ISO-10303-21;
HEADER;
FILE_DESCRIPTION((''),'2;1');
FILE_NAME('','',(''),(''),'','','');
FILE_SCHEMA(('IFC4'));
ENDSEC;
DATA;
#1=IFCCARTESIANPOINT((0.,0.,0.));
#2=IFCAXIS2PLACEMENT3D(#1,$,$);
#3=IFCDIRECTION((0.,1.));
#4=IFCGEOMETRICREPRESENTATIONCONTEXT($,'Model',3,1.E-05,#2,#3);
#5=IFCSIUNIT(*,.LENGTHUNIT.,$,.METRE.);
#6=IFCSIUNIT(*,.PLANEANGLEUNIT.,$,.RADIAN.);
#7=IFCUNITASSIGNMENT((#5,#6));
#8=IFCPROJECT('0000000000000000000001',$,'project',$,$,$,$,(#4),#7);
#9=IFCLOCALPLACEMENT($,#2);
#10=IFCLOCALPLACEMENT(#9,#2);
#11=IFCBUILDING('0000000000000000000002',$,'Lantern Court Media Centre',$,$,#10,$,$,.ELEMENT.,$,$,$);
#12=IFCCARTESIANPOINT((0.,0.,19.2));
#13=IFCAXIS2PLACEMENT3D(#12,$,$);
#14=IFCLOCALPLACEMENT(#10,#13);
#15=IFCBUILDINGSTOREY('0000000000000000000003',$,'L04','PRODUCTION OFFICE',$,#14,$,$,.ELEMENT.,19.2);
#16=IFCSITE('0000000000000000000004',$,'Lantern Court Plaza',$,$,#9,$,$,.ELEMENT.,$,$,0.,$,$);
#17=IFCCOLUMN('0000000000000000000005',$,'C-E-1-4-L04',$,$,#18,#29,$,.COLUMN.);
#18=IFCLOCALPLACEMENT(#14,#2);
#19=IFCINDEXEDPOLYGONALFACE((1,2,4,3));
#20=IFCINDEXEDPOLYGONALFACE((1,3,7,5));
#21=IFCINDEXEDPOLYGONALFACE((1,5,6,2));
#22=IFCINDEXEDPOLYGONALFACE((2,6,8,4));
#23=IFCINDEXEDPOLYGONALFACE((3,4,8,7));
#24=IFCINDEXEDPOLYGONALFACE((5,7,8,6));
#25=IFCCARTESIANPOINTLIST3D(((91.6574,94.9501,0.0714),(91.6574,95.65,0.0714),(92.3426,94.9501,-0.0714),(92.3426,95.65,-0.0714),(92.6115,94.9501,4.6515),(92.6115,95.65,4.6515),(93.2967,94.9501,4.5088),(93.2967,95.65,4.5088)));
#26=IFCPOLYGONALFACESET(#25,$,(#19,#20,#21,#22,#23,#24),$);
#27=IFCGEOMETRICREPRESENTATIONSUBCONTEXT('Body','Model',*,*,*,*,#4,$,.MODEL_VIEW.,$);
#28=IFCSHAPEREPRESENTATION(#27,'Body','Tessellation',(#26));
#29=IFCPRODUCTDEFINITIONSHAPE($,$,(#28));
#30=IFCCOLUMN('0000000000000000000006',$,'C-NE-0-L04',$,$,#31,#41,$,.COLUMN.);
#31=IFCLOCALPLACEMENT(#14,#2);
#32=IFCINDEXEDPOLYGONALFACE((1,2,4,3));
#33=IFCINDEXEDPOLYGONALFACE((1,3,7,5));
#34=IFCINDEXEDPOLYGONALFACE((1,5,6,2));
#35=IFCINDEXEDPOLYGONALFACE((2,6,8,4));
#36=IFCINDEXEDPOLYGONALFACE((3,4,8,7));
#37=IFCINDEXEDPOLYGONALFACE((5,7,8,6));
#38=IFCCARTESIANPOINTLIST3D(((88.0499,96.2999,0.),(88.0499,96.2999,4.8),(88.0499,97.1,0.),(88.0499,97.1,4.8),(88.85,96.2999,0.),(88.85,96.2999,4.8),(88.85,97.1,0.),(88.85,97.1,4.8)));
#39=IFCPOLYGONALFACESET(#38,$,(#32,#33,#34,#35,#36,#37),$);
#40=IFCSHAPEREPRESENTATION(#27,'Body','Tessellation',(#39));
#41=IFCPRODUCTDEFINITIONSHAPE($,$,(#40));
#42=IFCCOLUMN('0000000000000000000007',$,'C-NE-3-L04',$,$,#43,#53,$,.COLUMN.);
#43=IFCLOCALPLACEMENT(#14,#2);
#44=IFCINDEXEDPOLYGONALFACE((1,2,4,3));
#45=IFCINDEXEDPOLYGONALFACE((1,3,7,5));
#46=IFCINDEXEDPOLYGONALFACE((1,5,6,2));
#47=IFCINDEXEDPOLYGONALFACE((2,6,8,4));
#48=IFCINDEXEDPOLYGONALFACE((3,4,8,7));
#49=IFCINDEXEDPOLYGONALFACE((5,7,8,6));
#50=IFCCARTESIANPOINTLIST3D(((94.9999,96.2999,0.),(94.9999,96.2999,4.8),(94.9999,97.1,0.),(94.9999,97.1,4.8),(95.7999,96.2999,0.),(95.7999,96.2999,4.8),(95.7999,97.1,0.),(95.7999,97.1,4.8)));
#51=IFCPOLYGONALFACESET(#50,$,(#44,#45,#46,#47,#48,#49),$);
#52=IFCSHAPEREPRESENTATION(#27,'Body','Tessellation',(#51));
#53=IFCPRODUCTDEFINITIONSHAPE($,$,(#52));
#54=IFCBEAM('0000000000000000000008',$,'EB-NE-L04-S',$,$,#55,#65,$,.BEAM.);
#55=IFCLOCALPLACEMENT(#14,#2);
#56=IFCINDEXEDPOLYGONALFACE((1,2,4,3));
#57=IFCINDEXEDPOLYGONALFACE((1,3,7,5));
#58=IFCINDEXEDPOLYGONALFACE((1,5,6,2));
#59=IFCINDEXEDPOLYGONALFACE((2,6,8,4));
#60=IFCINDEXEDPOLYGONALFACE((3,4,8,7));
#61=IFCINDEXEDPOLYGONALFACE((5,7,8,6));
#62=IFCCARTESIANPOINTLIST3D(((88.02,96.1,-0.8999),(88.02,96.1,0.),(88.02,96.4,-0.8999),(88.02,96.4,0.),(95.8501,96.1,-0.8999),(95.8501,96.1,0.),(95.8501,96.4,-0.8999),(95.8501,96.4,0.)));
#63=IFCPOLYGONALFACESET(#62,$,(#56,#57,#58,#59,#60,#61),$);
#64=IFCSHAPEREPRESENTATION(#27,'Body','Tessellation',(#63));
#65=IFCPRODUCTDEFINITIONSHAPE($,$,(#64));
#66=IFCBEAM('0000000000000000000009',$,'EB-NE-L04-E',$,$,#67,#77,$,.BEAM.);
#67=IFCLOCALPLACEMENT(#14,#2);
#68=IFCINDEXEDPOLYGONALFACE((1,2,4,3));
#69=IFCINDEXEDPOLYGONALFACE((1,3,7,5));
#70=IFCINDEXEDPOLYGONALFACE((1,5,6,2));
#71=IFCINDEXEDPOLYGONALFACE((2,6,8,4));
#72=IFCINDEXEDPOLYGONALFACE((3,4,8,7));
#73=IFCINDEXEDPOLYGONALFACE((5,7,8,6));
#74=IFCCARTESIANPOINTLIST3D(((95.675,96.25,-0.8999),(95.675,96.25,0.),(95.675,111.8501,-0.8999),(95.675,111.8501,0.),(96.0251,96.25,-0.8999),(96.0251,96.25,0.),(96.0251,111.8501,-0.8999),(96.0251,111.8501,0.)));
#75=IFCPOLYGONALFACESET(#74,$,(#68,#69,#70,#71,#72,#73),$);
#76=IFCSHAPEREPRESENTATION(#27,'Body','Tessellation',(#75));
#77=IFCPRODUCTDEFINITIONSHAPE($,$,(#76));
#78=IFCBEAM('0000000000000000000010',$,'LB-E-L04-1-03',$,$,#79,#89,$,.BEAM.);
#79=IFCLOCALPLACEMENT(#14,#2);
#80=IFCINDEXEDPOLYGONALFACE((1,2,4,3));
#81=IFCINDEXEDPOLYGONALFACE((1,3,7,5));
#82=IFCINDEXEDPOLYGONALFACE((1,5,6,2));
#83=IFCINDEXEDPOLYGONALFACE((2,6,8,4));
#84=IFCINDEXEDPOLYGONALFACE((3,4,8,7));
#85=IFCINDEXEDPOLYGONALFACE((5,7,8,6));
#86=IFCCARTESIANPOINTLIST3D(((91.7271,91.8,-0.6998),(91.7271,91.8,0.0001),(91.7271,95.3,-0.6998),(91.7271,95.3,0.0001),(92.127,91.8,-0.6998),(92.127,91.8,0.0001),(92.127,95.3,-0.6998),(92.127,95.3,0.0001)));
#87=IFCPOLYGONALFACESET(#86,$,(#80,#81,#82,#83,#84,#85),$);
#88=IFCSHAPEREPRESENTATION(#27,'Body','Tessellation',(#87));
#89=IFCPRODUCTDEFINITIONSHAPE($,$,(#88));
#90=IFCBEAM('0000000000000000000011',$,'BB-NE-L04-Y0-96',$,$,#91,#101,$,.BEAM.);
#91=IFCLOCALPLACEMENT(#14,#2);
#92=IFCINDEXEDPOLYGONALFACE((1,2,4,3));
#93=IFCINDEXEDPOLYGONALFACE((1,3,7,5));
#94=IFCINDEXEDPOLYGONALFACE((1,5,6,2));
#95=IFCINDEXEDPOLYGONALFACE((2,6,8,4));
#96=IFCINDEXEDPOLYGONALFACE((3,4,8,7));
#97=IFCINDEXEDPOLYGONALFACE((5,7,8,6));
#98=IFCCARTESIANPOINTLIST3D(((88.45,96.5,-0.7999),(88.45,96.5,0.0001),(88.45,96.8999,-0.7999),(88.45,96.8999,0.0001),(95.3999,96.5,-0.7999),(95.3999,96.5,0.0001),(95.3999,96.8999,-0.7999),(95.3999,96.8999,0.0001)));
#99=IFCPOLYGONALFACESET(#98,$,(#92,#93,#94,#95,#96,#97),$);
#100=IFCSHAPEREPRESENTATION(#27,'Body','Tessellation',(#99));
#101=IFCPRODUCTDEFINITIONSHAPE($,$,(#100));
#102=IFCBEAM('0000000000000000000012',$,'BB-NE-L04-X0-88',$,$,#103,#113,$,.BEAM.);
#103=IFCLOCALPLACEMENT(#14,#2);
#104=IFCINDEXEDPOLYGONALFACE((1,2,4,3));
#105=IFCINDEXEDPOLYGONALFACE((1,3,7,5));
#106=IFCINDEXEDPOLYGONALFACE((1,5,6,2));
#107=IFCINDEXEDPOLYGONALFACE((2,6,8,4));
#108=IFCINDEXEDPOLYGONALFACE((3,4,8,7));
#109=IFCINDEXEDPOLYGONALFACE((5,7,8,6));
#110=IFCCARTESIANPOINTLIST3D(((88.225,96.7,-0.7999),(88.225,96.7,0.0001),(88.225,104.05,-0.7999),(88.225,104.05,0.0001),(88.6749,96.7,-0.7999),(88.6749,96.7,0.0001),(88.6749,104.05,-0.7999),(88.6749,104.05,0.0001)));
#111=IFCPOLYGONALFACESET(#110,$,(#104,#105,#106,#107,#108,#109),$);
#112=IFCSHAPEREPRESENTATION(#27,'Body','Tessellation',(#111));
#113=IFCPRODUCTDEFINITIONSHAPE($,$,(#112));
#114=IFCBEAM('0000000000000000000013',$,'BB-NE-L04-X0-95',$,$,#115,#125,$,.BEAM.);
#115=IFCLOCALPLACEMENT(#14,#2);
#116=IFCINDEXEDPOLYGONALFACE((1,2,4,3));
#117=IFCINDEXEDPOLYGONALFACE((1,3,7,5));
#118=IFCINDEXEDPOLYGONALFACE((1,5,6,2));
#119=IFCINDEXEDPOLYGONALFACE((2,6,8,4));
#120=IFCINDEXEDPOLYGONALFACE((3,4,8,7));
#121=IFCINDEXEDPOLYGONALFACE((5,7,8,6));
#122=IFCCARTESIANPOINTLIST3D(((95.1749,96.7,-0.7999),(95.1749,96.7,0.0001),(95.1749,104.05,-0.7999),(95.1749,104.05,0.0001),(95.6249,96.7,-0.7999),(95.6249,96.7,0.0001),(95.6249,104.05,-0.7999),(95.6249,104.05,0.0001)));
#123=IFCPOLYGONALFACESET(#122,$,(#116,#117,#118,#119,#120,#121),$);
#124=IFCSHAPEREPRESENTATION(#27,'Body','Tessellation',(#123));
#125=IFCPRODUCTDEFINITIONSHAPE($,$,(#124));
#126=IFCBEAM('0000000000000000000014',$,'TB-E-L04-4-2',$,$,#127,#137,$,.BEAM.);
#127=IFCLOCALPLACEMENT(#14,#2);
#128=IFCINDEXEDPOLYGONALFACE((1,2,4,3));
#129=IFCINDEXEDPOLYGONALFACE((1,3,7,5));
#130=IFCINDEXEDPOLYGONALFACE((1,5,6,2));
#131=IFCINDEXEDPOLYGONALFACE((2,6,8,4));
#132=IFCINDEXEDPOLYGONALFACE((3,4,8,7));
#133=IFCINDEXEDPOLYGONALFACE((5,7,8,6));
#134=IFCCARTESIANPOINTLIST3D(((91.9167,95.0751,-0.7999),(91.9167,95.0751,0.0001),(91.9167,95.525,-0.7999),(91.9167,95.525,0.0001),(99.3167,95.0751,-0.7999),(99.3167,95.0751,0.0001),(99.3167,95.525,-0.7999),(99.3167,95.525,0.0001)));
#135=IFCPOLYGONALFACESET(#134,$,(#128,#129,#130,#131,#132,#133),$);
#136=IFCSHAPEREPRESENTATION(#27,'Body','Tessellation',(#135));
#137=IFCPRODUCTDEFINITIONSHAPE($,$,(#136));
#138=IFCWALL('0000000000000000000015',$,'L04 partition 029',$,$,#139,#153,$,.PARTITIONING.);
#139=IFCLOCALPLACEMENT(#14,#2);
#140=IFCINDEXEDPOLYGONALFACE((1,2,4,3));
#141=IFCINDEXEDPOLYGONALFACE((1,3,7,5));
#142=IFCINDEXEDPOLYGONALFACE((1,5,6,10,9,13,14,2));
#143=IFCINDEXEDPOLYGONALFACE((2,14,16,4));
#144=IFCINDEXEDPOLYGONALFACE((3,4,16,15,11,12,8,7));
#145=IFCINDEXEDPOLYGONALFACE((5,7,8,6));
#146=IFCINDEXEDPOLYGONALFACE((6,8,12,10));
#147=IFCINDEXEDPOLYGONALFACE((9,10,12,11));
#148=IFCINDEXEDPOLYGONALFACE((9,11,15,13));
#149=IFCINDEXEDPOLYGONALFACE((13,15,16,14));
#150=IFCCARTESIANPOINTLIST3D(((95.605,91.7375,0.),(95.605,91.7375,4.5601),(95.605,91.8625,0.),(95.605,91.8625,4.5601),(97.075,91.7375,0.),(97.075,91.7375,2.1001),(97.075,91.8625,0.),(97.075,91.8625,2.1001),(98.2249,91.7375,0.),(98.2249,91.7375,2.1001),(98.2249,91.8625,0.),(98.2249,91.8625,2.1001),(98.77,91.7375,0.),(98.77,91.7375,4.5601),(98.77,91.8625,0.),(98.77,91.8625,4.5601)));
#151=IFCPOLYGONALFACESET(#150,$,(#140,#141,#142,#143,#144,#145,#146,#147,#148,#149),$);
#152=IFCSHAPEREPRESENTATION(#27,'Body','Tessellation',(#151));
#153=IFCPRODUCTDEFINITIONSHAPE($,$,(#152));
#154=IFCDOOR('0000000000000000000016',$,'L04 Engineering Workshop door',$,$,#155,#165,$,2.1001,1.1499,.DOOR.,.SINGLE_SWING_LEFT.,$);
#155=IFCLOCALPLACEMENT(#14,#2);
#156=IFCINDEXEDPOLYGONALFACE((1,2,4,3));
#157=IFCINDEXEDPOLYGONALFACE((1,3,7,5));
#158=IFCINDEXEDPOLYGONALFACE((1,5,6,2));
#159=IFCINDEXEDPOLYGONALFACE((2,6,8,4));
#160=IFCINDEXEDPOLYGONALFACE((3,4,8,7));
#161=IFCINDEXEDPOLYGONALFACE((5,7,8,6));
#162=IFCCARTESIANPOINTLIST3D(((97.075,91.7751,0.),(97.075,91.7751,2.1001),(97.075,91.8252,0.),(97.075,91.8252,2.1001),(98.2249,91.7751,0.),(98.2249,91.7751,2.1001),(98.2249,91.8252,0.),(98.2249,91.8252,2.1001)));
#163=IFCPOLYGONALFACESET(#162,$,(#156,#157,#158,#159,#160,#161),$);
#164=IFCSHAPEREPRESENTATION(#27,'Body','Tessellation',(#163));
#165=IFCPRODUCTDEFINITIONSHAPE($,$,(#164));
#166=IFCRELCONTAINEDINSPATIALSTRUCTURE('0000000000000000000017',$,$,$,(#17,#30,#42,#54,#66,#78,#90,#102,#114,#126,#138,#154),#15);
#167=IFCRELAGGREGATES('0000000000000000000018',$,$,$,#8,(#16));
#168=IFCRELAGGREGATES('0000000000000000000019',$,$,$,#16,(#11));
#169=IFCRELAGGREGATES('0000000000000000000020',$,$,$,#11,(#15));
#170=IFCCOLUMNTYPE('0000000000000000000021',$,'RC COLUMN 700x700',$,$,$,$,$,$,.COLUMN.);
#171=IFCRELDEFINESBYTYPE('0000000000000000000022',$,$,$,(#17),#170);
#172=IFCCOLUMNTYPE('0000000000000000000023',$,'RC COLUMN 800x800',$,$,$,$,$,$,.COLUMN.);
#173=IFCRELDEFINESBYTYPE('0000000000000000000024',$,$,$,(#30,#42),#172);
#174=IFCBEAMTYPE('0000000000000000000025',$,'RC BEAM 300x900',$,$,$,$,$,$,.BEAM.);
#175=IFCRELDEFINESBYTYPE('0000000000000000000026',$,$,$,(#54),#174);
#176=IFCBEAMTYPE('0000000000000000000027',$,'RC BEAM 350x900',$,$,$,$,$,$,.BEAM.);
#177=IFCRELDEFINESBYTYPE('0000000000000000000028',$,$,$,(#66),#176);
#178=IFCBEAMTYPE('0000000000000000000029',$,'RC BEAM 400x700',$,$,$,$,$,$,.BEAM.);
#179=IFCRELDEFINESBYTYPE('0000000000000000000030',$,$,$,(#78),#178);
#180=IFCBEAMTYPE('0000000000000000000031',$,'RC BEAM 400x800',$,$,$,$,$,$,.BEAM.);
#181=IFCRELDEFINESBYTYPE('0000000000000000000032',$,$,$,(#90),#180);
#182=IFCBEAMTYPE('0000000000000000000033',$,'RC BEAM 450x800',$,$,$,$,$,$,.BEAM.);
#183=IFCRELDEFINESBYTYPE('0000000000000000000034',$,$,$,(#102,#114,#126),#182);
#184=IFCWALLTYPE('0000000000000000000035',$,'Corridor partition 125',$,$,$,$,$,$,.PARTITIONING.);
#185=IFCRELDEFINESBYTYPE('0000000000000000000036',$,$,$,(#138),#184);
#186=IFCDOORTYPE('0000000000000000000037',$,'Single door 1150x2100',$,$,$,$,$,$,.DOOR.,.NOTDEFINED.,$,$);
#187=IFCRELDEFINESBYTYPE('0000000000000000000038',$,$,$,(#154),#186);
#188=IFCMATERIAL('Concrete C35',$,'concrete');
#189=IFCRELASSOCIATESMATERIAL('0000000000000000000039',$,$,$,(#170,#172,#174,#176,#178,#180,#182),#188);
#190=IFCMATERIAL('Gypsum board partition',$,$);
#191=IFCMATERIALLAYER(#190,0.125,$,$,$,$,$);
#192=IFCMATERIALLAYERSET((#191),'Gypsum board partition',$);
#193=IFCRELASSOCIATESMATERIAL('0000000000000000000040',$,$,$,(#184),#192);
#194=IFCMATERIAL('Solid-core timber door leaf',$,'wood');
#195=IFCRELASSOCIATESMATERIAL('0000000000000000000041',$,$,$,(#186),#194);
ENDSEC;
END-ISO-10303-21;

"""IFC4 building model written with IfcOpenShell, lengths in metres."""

from ifc_helpers import new_model, si_unit, direction, frame, frame_2d, origin, origin_2d, place, context, subcontext, project, spatial, rectangle, extrude, material, layer, layer_set, material_profile, profile_set, type_object, element, fill, save


model = new_model("IFC4")

# Units and contexts
model_context = context("Model", 3, precision=1e-05, world=origin(), true_north=direction((0.0, 1.0)))
body_context = subcontext(model_context, "Body", "Model", "MODEL_VIEW")
ifc_project = project(units=[si_unit("LENGTHUNIT", "METRE"), si_unit("PLANEANGLEUNIT", "RADIAN")], contexts=[model_context])

# Site, building, storey
site_placement = place(None, origin())
site = spatial("IfcSite", under=ifc_project, at=site_placement, Name="Lantern Court Plaza", CompositionType="ELEMENT", RefElevation=0.0)
building_placement = place(site_placement, origin())
building = spatial("IfcBuilding", under=site, at=building_placement, Name="Lantern Court Media Centre", CompositionType="ELEMENT")
storey_placement = place(building_placement, frame((0.0, 0.0, 19.2)))
storey = spatial("IfcBuildingStorey", under=building, at=storey_placement, Name="L04", Description="PRODUCTION OFFICE", CompositionType="ELEMENT", Elevation=19.2)

# Columns
ifc_material_1 = material(Name="Concrete C35", Category="concrete")
ifc_material_profile_1 = material_profile(ifc_material_1, rectangle(XDim=0.7, YDim=0.7, at=origin_2d()), Name="RC 700x700")
ifc_profile_set_1 = profile_set([ifc_material_profile_1], Name="Concrete C35")
column_type_1 = type_object("IfcColumnType", Name="RC COLUMN 700x700", PredefinedType="COLUMN", material=ifc_profile_set_1)
column_placement = place(storey_placement, frame((92.0, 95.3, 0.0), z_axis=(0.203938, 0.0, 0.978984), x_axis=(0.0, 1.0, 0.0)))
element("IfcColumn", 1, at=column_placement, inside=storey, type_object=column_type_1, Name="C-E-1-4-L04", PredefinedType="COLUMN", context=body_context, shape_type="SweptSolid", body=[
    extrude(rectangle(XDim=0.7, YDim=0.7, at=origin_2d()), origin(), (0.0, 0.0, 1.0), 4.6785),
])
ifc_material_profile_2 = material_profile(ifc_material_1, rectangle(XDim=0.8, YDim=0.8, at=origin_2d()), Name="RC 800x800")
ifc_profile_set_2 = profile_set([ifc_material_profile_2], Name="Concrete C35")
column_type_2 = type_object("IfcColumnType", Name="RC COLUMN 800x800", PredefinedType="COLUMN", material=ifc_profile_set_2)
for number, where, z_axis, x_axis, name in (
    (2, (88.45, 96.7, 0.0), (0.0, 0.0, 1.0), (1.0, 0.0, 0.0), "C-NE-0-L04"),
    (3, (95.3999, 96.7, 0.0), (0.0, 0.0, 1.0), (1.0, 0.0, 0.0), "C-NE-3-L04"),
):
    element("IfcColumn", number, at=place(storey_placement, frame(where, z_axis=z_axis, x_axis=x_axis)), inside=storey, type_object=column_type_2, Name=name, PredefinedType="COLUMN", context=body_context, shape_type="SweptSolid", body=[
        extrude(rectangle(XDim=0.8, YDim=0.8, at=origin_2d()), origin(), (0.0, 0.0, 1.0), 4.8),
    ])

# Beams
ifc_material_profile_3 = material_profile(ifc_material_1, rectangle(XDim=0.3, YDim=0.8999, at=origin_2d()), Name="RC 300x900")
ifc_profile_set_3 = profile_set([ifc_material_profile_3], Name="Concrete C35")
beam_type_1 = type_object("IfcBeamType", Name="RC BEAM 300x900", PredefinedType="BEAM", material=ifc_profile_set_3)
beam_1_placement = place(storey_placement, frame((88.02, 96.25, -0.45), z_axis=(1.0, 0.0, 0.0), x_axis=(0.0, 1.0, 0.0)))
element("IfcBeam", 4, at=beam_1_placement, inside=storey, type_object=beam_type_1, Name="EB-NE-L04-S", PredefinedType="BEAM", context=body_context, shape_type="SweptSolid", body=[
    extrude(rectangle(XDim=0.3, YDim=0.8999, at=origin_2d()), origin(), (0.0, 0.0, 1.0), 7.8301),
])
ifc_material_profile_4 = material_profile(ifc_material_1, rectangle(XDim=0.3501, YDim=0.8999, at=origin_2d()), Name="RC 350x900")
ifc_profile_set_4 = profile_set([ifc_material_profile_4], Name="Concrete C35")
beam_type_2 = type_object("IfcBeamType", Name="RC BEAM 350x900", PredefinedType="BEAM", material=ifc_profile_set_4)
beam_2_placement = place(storey_placement, frame((95.8501, 96.25, -0.45), z_axis=(0.0, 1.0, 0.0), x_axis=(-1.0, 0.0, 0.0)))
element("IfcBeam", 5, at=beam_2_placement, inside=storey, type_object=beam_type_2, Name="EB-NE-L04-E", PredefinedType="BEAM", context=body_context, shape_type="SweptSolid", body=[
    extrude(rectangle(XDim=0.3501, YDim=0.8999, at=origin_2d()), origin(), (0.0, 0.0, 1.0), 15.6001),
])
ifc_material_profile_5 = material_profile(ifc_material_1, rectangle(XDim=0.3999, YDim=0.7, at=origin_2d()), Name="RC 400x700")
ifc_profile_set_5 = profile_set([ifc_material_profile_5], Name="Concrete C35")
beam_type_3 = type_object("IfcBeamType", Name="RC BEAM 400x700", PredefinedType="BEAM", material=ifc_profile_set_5)
beam_3_placement = place(storey_placement, frame((91.927, 91.8, -0.3499), z_axis=(0.0, 1.0, 0.0), x_axis=(-1.0, 0.0, 0.0)))
element("IfcBeam", 6, at=beam_3_placement, inside=storey, type_object=beam_type_3, Name="LB-E-L04-1-03", PredefinedType="BEAM", context=body_context, shape_type="SweptSolid", body=[
    extrude(rectangle(XDim=0.3999, YDim=0.7, at=origin_2d()), origin(), (0.0, 0.0, 1.0), 3.5),
])
ifc_material_profile_6 = material_profile(ifc_material_1, rectangle(XDim=0.3999, YDim=0.8, at=origin_2d()), Name="RC 400x800")
ifc_profile_set_6 = profile_set([ifc_material_profile_6], Name="Concrete C35")
beam_type_4 = type_object("IfcBeamType", Name="RC BEAM 400x800", PredefinedType="BEAM", material=ifc_profile_set_6)
beam_4_placement = place(storey_placement, frame((88.45, 96.7, -0.3999), z_axis=(1.0, 0.0, 0.0), x_axis=(0.0, 1.0, 0.0)))
element("IfcBeam", 7, at=beam_4_placement, inside=storey, type_object=beam_type_4, Name="BB-NE-L04-Y0-96", PredefinedType="BEAM", context=body_context, shape_type="SweptSolid", body=[
    extrude(rectangle(XDim=0.3999, YDim=0.8, at=origin_2d()), origin(), (0.0, 0.0, 1.0), 6.95),
])
ifc_material_profile_7 = material_profile(ifc_material_1, rectangle(XDim=0.45, YDim=0.8, at=origin_2d()), Name="RC 450x800")
ifc_profile_set_7 = profile_set([ifc_material_profile_7], Name="Concrete C35")
beam_type_5 = type_object("IfcBeamType", Name="RC BEAM 450x800", PredefinedType="BEAM", material=ifc_profile_set_7)
for number, where, z_axis, x_axis, name in (
    (8, (88.45, 96.7, -0.3999), (0.0, 1.0, 0.0), (-1.0, 0.0, 0.0), "BB-NE-L04-X0-88"),
    (9, (95.3999, 96.7, -0.3999), (0.0, 1.0, 0.0), (-1.0, 0.0, 0.0), "BB-NE-L04-X0-95"),
):
    element("IfcBeam", number, at=place(storey_placement, frame(where, z_axis=z_axis, x_axis=x_axis)), inside=storey, type_object=beam_type_5, Name=name, PredefinedType="BEAM", context=body_context, shape_type="SweptSolid", body=[
        extrude(rectangle(XDim=0.45, YDim=0.8, at=origin_2d()), origin(), (0.0, 0.0, 1.0), 7.3501),
    ])
beam_5_placement = place(storey_placement, frame((91.9167, 95.3, -0.3999), z_axis=(1.0, 0.0, 0.0), x_axis=(0.0, 1.0, 0.0)))
element("IfcBeam", 10, at=beam_5_placement, inside=storey, type_object=beam_type_5, Name="TB-E-L04-4-2", PredefinedType="BEAM", context=body_context, shape_type="SweptSolid", body=[
    extrude(rectangle(XDim=0.45, YDim=0.8, at=origin_2d()), origin(), (0.0, 0.0, 1.0), 7.3999),
])

# Wall, opening, door
ifc_material_2 = material(Name="Gypsum board partition")
ifc_layer_1 = layer(ifc_material_2, 0.125)
ifc_layer_set_1 = layer_set([ifc_layer_1], Name="Gypsum board partition")
wall_type_1 = type_object("IfcWallType", Name="Corridor partition 125", PredefinedType="PARTITIONING", material=ifc_layer_set_1)
wall_1_placement = place(storey_placement, frame((95.605, 91.8, 0.0), z_axis=(0.0, 0.0, 1.0), x_axis=(1.0, 0.0, 0.0)))
wall_1 = element("IfcWall", 11, at=wall_1_placement, inside=storey, type_object=wall_type_1, Name="L04 partition 029", PredefinedType="PARTITIONING", context=body_context, shape_type="SweptSolid", body=[
    extrude(rectangle(XDim=3.165, YDim=0.125, at=frame_2d((1.5825, 0.0))), origin(), (0.0, 0.0, 1.0), 4.5601),
])
opening_1_placement = place(wall_1_placement, frame((1.47, 0.0, 0.0)))
opening_1 = element("IfcOpeningElement", 12, at=opening_1_placement, cuts=wall_1, PredefinedType="OPENING", context=body_context, shape_type="SweptSolid", body=[
    extrude(rectangle(XDim=1.1499, YDim=2.1001, at=frame_2d((0.575, 1.05))), frame((0.0, 0.0725, 0.0), z_axis=(0.0, -1.0, 0.0), x_axis=(1.0, 0.0, 0.0)), (0.0, 0.0, 1.0), 0.145),
])
ifc_material_3 = material(Name="Solid-core timber door leaf", Category="wood")
door_type_1 = type_object("IfcDoorType", Name="Single door 1150x2100", OperationType="NOTDEFINED", PredefinedType="DOOR", material=ifc_material_3)
door_1_placement = place(opening_1_placement, frame((1.1499, 0.0, 0.0), z_axis=(0.0, 0.0, 1.0), x_axis=(-1.0, 0.0, 0.0)))
door_1 = element("IfcDoor", 13, at=door_1_placement, inside=storey, type_object=door_type_1, Name="L04 Engineering Workshop door", OperationType="SINGLE_SWING_LEFT", OverallHeight=2.1001, OverallWidth=1.1499, PredefinedType="DOOR", context=body_context, shape_type="SweptSolid", body=[
    extrude(rectangle(XDim=1.1499, YDim=2.1001, at=frame_2d((0.575, 1.05))), frame((0.0, 0.0249, 0.0), z_axis=(0.0, -1.0, 0.0), x_axis=(1.0, 0.0, 0.0)), (0.0, 0.0, 1.0), 0.05),
])
fill(opening_1, door_1)

save(model, "model.ifc")
